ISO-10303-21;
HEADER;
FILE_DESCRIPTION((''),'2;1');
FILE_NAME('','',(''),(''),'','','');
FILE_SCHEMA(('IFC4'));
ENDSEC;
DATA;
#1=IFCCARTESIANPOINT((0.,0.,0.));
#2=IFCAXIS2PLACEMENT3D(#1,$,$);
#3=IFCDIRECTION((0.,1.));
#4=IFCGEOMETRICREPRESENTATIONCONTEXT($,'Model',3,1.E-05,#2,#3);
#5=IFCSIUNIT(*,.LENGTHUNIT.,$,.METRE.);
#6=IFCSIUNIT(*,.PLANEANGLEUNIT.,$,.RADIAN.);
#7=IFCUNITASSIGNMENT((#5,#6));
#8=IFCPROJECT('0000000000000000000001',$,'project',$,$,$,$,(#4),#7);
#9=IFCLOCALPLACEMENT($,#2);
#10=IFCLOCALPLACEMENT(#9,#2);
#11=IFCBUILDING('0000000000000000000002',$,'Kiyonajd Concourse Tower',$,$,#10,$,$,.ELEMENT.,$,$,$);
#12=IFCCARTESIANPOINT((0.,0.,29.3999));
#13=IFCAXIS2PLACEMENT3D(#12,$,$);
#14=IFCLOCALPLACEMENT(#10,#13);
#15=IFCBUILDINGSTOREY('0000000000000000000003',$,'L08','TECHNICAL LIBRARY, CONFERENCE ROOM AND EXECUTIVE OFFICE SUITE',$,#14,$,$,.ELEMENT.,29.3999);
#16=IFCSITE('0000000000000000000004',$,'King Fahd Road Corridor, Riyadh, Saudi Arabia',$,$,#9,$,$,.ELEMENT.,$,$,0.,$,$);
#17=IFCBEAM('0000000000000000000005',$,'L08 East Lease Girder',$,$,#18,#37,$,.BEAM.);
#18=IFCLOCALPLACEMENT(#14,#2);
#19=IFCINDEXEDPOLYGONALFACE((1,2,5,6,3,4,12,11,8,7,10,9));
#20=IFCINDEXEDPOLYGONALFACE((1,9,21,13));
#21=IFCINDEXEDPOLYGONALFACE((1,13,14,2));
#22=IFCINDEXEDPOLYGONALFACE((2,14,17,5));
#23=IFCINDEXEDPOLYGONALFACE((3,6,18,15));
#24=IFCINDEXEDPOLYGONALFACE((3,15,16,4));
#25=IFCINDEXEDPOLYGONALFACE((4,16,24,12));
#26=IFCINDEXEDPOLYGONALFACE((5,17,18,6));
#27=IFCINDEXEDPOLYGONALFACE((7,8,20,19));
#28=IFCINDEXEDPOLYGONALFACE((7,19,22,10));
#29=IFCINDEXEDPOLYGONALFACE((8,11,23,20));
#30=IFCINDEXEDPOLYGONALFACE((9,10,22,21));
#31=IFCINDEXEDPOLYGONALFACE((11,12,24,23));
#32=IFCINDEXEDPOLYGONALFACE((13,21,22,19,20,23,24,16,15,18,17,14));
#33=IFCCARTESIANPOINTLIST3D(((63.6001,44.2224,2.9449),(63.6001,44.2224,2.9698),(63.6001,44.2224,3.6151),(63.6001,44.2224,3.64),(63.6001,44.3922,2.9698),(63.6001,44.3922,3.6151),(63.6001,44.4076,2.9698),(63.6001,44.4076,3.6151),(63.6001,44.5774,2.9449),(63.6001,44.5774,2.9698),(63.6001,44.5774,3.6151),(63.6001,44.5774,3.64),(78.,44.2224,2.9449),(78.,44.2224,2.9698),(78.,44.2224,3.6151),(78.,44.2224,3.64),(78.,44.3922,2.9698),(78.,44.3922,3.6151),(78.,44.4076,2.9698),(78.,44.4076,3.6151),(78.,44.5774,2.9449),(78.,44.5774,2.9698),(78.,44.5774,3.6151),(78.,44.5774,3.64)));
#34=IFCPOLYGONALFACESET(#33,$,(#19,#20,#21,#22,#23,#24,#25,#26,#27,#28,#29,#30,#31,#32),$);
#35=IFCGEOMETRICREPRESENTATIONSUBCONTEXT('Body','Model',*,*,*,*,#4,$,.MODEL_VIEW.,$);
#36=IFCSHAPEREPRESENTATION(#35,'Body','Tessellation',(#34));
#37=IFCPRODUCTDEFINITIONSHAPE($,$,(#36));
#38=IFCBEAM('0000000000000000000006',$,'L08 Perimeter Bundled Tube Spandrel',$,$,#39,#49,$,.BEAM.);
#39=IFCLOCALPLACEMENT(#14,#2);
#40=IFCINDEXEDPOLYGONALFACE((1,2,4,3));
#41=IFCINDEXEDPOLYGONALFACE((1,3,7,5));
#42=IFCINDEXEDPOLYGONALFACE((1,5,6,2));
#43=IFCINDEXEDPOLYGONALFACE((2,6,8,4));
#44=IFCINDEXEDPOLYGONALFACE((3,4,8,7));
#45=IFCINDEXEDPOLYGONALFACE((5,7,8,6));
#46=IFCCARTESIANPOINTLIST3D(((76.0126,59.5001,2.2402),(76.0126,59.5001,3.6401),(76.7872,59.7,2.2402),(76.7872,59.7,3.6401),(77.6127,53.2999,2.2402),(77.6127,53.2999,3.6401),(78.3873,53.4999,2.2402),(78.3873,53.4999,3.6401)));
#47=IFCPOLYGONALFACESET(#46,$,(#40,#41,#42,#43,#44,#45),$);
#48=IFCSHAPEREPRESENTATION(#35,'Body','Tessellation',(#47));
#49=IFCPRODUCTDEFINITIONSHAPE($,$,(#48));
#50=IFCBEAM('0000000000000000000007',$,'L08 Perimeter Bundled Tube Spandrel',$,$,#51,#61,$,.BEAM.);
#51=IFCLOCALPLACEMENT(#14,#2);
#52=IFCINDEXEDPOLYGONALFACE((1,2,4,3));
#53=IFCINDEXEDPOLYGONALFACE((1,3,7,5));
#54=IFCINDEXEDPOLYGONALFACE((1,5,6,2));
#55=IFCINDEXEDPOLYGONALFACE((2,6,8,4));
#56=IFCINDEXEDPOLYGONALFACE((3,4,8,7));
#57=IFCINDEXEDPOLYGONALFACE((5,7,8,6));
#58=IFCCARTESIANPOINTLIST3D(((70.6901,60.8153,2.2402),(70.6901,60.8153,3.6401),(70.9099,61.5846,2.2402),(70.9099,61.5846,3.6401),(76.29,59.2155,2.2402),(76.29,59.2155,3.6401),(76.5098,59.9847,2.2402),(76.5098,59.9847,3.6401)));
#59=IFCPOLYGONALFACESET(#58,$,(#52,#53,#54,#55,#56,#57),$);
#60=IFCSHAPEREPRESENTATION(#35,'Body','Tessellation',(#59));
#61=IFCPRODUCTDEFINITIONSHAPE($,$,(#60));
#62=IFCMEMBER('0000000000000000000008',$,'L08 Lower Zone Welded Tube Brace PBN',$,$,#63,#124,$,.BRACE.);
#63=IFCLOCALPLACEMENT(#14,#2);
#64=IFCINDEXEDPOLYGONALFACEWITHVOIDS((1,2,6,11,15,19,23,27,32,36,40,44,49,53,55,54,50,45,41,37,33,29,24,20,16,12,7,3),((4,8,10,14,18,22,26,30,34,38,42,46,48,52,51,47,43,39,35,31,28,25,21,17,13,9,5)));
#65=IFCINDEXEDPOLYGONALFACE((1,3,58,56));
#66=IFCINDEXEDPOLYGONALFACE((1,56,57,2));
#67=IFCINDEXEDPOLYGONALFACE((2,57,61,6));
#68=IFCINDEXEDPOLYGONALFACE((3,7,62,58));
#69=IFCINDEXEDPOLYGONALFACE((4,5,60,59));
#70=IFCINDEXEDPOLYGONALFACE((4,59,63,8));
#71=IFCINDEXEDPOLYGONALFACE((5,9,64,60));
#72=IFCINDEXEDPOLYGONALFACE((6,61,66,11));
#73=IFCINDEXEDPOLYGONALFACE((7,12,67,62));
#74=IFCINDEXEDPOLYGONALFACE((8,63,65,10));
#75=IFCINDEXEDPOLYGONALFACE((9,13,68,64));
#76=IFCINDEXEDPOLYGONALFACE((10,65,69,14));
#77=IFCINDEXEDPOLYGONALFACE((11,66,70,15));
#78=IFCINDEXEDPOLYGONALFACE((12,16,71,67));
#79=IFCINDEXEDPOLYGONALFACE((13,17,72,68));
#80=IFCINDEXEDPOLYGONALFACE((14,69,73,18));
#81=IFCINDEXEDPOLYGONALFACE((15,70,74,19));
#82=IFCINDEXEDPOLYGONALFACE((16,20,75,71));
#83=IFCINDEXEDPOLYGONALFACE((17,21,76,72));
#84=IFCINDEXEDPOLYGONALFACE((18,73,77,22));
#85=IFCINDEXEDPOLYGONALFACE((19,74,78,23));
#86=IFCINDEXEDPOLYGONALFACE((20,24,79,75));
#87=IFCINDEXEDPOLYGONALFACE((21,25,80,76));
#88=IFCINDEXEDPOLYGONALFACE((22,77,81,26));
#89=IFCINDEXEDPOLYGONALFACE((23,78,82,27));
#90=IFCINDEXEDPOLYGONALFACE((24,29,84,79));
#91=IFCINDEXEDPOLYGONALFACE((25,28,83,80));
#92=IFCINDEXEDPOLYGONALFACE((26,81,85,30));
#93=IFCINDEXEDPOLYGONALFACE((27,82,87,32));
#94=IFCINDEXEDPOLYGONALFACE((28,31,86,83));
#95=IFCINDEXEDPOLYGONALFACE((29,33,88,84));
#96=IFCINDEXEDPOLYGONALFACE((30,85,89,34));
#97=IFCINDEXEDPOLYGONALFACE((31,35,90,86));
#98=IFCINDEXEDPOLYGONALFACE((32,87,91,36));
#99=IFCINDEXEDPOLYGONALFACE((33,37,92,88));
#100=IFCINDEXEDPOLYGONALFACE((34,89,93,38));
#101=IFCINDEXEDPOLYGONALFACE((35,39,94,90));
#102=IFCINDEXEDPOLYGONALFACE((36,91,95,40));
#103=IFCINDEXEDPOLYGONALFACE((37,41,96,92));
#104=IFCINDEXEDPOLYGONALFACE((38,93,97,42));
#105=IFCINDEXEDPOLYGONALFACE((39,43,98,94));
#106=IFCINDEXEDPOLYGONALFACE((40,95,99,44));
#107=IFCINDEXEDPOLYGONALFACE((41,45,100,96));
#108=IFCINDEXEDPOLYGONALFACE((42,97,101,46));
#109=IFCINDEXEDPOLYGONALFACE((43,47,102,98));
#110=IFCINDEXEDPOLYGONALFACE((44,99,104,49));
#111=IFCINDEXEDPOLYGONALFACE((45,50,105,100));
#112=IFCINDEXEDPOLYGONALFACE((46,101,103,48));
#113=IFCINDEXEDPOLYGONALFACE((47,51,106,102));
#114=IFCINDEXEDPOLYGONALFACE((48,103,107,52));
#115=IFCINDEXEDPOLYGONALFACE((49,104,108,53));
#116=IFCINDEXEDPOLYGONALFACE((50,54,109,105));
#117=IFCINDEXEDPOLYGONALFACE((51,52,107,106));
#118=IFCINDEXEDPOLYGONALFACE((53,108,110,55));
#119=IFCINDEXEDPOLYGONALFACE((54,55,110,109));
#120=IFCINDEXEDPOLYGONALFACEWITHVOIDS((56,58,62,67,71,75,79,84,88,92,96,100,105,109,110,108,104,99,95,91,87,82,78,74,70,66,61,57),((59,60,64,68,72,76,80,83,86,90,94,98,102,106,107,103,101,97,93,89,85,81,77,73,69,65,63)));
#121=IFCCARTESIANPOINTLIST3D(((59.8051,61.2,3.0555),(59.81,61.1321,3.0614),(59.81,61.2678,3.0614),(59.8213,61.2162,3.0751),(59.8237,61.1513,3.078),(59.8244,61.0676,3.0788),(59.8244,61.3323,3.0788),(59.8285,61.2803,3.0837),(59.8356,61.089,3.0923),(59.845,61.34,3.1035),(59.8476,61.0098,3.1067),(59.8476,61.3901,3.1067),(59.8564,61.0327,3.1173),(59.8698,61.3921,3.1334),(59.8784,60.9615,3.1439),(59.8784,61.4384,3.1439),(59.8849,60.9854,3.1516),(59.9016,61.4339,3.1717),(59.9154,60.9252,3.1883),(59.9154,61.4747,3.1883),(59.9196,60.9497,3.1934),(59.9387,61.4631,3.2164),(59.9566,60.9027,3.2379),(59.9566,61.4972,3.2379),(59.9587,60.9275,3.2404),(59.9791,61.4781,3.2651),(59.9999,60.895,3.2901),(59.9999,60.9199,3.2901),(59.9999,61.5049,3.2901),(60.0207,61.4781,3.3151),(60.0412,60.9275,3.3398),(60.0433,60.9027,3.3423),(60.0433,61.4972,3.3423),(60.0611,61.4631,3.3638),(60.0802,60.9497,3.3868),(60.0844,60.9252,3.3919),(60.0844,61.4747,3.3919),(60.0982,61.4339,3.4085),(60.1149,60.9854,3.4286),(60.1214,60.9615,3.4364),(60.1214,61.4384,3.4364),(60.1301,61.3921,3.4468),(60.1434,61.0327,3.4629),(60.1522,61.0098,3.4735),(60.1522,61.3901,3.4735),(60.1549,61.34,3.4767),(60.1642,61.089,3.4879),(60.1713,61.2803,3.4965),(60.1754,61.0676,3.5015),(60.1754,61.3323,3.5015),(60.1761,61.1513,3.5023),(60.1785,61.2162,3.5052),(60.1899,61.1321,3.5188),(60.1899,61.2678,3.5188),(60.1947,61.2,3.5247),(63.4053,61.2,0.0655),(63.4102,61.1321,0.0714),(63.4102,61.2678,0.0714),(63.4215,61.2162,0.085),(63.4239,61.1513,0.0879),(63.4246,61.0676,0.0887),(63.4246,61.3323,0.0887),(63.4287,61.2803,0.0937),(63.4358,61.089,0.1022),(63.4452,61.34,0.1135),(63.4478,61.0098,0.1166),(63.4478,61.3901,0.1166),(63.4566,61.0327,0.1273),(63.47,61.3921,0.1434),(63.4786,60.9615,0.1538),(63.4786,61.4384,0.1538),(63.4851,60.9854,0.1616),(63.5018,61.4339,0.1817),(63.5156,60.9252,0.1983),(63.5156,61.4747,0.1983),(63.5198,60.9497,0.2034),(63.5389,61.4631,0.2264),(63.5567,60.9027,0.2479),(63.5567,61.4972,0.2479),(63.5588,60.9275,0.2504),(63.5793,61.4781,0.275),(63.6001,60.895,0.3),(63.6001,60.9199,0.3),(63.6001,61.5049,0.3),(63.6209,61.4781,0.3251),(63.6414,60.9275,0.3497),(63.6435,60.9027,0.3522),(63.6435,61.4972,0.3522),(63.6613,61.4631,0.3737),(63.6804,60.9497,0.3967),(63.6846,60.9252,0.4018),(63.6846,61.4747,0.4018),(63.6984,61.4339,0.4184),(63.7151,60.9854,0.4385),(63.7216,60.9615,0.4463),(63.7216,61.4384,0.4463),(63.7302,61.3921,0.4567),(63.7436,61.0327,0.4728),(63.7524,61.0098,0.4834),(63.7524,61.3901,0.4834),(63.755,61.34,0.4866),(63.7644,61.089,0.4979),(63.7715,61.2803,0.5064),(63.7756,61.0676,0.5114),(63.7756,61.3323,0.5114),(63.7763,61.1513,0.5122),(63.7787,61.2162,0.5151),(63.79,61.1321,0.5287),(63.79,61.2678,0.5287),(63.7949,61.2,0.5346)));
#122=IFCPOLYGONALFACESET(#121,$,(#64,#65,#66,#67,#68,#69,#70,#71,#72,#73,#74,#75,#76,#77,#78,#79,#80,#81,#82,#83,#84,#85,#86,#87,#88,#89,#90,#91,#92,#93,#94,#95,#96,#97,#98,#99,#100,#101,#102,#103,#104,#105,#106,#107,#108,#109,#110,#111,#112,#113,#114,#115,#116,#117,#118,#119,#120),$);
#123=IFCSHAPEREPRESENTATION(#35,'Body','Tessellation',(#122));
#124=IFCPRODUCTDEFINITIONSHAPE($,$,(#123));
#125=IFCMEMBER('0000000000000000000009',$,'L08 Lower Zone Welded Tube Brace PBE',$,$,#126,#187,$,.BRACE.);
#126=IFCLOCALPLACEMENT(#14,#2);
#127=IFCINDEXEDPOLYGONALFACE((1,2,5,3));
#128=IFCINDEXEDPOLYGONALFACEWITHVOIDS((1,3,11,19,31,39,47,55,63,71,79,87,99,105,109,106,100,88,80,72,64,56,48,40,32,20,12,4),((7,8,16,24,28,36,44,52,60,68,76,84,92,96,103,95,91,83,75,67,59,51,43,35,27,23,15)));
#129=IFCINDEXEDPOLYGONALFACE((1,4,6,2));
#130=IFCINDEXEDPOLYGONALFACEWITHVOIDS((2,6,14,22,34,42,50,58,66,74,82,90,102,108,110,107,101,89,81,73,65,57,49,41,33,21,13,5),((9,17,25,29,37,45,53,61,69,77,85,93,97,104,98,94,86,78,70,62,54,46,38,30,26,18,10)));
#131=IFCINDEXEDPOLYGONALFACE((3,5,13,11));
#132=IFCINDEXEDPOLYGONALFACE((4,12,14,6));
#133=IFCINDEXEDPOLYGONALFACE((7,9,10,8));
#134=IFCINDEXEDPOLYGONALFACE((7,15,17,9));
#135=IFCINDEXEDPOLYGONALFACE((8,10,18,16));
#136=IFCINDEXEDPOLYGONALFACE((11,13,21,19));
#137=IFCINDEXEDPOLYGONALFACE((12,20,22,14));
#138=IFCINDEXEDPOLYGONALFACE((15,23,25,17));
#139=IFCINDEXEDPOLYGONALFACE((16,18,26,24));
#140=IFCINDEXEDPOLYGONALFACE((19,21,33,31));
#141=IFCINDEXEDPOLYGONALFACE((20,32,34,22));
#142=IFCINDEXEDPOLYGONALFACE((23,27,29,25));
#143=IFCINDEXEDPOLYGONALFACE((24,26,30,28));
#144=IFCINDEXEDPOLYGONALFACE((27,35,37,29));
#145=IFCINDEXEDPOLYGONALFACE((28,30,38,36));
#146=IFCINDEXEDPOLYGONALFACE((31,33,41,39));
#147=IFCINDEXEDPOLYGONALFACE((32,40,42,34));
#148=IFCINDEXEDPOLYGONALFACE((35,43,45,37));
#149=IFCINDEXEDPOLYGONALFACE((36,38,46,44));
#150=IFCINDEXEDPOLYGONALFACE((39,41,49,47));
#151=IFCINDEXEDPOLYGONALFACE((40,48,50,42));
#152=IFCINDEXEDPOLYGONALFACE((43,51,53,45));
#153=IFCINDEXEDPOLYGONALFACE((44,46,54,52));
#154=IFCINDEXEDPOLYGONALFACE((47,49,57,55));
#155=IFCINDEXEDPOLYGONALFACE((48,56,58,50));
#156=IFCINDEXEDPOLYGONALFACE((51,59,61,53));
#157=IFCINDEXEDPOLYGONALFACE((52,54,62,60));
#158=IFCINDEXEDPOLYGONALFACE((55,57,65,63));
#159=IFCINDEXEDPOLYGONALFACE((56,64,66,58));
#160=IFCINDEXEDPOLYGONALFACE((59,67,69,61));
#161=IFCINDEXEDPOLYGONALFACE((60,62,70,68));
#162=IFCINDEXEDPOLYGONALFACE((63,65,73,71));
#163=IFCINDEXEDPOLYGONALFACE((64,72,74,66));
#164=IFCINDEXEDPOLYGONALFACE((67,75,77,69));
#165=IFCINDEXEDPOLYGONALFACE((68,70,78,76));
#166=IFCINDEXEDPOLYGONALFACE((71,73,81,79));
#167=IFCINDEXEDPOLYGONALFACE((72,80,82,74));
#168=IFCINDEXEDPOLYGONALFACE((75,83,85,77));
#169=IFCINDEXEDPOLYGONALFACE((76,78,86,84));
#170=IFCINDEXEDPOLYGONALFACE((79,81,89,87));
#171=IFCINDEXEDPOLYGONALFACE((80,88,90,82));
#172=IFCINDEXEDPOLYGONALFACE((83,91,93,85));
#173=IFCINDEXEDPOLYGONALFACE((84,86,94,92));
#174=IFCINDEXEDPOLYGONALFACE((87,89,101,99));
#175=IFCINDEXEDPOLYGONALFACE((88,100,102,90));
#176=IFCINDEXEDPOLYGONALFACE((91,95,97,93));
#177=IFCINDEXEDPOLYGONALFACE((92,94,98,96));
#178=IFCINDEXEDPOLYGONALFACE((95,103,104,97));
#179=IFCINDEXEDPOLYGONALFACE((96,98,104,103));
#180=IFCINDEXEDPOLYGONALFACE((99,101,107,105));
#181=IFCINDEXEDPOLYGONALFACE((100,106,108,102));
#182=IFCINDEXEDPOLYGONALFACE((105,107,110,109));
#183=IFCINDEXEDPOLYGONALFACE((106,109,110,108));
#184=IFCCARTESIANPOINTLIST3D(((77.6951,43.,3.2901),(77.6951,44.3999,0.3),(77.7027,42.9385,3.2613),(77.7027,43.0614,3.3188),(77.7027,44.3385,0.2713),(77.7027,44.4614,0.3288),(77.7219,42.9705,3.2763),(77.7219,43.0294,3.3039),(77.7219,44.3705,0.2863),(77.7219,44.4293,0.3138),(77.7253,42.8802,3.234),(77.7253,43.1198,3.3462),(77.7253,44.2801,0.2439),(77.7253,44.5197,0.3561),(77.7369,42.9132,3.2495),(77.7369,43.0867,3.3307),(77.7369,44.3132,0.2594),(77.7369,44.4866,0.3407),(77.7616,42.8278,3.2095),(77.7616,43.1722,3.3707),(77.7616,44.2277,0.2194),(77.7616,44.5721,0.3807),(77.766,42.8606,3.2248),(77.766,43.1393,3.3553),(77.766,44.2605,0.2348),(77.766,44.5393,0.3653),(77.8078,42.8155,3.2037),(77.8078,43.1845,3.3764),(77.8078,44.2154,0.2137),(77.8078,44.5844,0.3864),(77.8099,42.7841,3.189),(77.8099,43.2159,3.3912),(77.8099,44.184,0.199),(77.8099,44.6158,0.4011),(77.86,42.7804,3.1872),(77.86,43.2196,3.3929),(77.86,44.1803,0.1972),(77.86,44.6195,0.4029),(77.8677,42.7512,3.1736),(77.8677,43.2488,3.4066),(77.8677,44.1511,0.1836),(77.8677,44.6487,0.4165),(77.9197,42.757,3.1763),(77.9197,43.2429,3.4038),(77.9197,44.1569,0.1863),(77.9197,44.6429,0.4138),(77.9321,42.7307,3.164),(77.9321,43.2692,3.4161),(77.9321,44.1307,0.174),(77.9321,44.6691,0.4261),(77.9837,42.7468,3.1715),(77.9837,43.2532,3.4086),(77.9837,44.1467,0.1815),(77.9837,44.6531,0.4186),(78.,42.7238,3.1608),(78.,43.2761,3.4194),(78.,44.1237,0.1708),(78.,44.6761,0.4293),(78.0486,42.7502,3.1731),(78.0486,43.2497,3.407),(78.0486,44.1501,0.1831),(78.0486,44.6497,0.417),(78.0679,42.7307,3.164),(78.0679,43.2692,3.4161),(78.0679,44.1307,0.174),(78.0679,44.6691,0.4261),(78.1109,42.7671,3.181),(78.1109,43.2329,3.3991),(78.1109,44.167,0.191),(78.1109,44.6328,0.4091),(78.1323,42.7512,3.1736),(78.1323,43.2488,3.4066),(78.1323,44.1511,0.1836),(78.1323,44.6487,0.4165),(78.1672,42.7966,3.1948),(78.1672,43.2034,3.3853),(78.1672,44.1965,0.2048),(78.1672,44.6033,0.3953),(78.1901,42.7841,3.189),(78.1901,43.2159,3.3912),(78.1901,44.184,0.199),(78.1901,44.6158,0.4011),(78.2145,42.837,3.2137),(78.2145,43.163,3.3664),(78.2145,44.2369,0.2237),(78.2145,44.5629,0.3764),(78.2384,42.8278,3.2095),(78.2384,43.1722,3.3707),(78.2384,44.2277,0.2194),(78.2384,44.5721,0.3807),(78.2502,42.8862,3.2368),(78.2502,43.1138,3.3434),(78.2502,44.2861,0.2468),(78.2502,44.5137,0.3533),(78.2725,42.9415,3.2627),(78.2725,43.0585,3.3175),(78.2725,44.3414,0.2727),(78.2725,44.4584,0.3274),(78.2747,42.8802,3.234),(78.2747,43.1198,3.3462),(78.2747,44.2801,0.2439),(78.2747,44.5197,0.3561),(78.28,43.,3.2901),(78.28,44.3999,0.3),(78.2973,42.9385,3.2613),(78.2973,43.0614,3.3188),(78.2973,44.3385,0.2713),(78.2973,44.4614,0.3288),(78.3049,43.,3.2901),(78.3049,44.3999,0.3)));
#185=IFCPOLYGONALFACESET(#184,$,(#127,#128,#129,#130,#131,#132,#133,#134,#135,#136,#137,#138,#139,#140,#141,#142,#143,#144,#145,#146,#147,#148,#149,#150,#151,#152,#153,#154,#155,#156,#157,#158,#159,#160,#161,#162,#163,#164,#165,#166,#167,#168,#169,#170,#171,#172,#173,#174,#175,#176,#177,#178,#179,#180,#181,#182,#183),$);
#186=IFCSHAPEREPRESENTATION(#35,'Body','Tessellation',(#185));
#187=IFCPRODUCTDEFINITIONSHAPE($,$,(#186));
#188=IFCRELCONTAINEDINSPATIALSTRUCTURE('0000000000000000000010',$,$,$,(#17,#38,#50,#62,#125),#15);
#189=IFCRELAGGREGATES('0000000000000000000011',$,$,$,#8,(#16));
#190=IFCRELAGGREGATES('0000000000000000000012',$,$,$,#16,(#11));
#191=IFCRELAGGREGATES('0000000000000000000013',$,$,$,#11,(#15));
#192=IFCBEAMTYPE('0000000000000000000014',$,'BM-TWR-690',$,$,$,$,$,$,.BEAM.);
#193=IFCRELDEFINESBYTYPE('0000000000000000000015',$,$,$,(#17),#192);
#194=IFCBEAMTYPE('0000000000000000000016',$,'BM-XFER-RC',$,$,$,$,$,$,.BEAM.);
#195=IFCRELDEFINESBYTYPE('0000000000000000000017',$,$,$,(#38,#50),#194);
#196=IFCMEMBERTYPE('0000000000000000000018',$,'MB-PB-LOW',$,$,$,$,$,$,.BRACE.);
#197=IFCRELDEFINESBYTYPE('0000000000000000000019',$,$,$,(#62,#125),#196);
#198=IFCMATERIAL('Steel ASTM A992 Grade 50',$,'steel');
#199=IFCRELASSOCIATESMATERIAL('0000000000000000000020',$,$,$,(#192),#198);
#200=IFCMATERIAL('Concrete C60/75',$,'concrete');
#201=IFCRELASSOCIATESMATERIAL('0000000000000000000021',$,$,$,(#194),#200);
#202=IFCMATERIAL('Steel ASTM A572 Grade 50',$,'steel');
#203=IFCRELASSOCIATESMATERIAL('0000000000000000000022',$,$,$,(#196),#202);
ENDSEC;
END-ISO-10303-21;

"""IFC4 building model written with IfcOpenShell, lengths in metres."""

from ifc_helpers import new_model, si_unit, direction, frame, origin, origin_2d, place, context, subcontext, project, spatial, rectangle, hollow_circle, i_section, extrude, material, material_profile, profile_set, type_object, element, save


model = new_model("IFC4")

# Units and contexts
model_context = context("Model", 3, precision=1e-05, world=origin(), true_north=direction((0.0, 1.0)))
body_context = subcontext(model_context, "Body", "Model", "MODEL_VIEW")
ifc_project = project(units=[si_unit("LENGTHUNIT", "METRE"), si_unit("PLANEANGLEUNIT", "RADIAN")], contexts=[model_context])

# Site, building, storey
site_placement = place(None, origin())
site = spatial("IfcSite", under=ifc_project, at=site_placement, Name="King Fahd Road Corridor, Riyadh, Saudi Arabia", CompositionType="ELEMENT", RefElevation=0.0)
building_placement = place(site_placement, origin())
building = spatial("IfcBuilding", under=site, at=building_placement, Name="Kiyonajd Concourse Tower", CompositionType="ELEMENT")
storey_placement = place(building_placement, frame((0.0, 0.0, 29.3999)))
storey = spatial("IfcBuildingStorey", under=building, at=storey_placement, Name="L08", Description="TECHNICAL LIBRARY, CONFERENCE ROOM AND EXECUTIVE OFFICE SUITE", CompositionType="ELEMENT", Elevation=29.3999)

# Beams
ifc_material_1 = material(Name="Steel ASTM A992 Grade 50", Category="steel")
ifc_material_profile_1 = material_profile(ifc_material_1, i_section(OverallWidth=0.355, OverallDepth=0.6951, WebThickness=0.0154, FlangeThickness=0.0249, at=origin_2d()), Name="W690X217")
ifc_profile_set_1 = profile_set([ifc_material_profile_1], Name="Steel ASTM A992 Grade 50")
beam_type_1 = type_object("IfcBeamType", Name="BM-TWR-690", PredefinedType="BEAM", material=ifc_profile_set_1)
beam_1_placement = place(storey_placement, frame((63.6001, 44.3999, 3.2925), z_axis=(1.0, 0.0, 0.0), x_axis=(0.0, 1.0, 0.0)))
element("IfcBeam", 1, at=beam_1_placement, inside=storey, type_object=beam_type_1, Name="L08 East Lease Girder", PredefinedType="BEAM", context=body_context, shape_type="SweptSolid", body=[
    extrude(i_section(OverallWidth=0.355, OverallDepth=0.6951, WebThickness=0.0154, FlangeThickness=0.0249, at=origin_2d()), origin(), (0.0, 0.0, 1.0), 14.3999),
])
ifc_material_2 = material(Name="Concrete C60/75", Category="concrete")
ifc_material_profile_2 = material_profile(ifc_material_2, rectangle(XDim=0.8, YDim=1.3999, at=origin_2d()), Name="RCBM-800x1400")
ifc_profile_set_2 = profile_set([ifc_material_profile_2], Name="Concrete C60/75")
beam_type_2 = type_object("IfcBeamType", Name="BM-XFER-RC", PredefinedType="BEAM", material=ifc_profile_set_2)
beam_2_placement = place(storey_placement, frame((78.0, 53.3999, 2.9402), z_axis=(-0.249885, 0.968276, 0.0), x_axis=(-0.968276, -0.249885, 0.0)))
element("IfcBeam", 2, at=beam_2_placement, inside=storey, type_object=beam_type_2, Name="L08 Perimeter Bundled Tube Spandrel", PredefinedType="BEAM", context=body_context, shape_type="SweptSolid", body=[
    extrude(rectangle(XDim=0.8, YDim=1.3999, at=origin_2d()), origin(), (0.0, 0.0, 1.0), 6.4033),
])
beam_3_placement = place(storey_placement, frame((76.3999, 59.6001, 2.9402), z_axis=(-0.961529, 0.274705, 0.0), x_axis=(-0.274705, -0.961529, 0.0)))
element("IfcBeam", 3, at=beam_3_placement, inside=storey, type_object=beam_type_2, Name="L08 Perimeter Bundled Tube Spandrel", PredefinedType="BEAM", context=body_context, shape_type="SweptSolid", body=[
    extrude(rectangle(XDim=0.8, YDim=1.3999, at=origin_2d()), origin(), (0.0, 0.0, 1.0), 5.824),
])

# Members
ifc_material_3 = material(Name="Steel ASTM A572 Grade 50", Category="steel")
ifc_material_profile_3 = material_profile(ifc_material_3, hollow_circle(Radius=0.3049, WallThickness=0.0249, at=origin_2d()), Name="CHS-610x25")
ifc_profile_set_3 = profile_set([ifc_material_profile_3], Name="Steel ASTM A572 Grade 50")
member_type = type_object("IfcMemberType", Name="MB-PB-LOW", PredefinedType="BRACE", material=ifc_profile_set_3)
member_1_placement = place(storey_placement, frame((63.6001, 61.2, 0.3), z_axis=(-0.769281, 0.0, 0.638911), x_axis=(0.0, -1.0, 0.0)))
element("IfcMember", 4, at=member_1_placement, inside=storey, type_object=member_type, Name="L08 Lower Zone Welded Tube Brace PBN", PredefinedType="BRACE", context=body_context, shape_type="SweptSolid", body=[
    extrude(hollow_circle(Radius=0.3049, WallThickness=0.0249, at=origin_2d()), origin(), (0.0, 0.0, 1.0), 4.6799),
])
member_2_placement = place(storey_placement, frame((78.0, 44.3999, 0.3), z_axis=(0.0, -0.424023, 0.905652), x_axis=(1.0, 0.0, 0.0)))
element("IfcMember", 5, at=member_2_placement, inside=storey, type_object=member_type, Name="L08 Lower Zone Welded Tube Brace PBE", PredefinedType="BRACE", context=body_context, shape_type="SweptSolid", body=[
    extrude(hollow_circle(Radius=0.3049, WallThickness=0.0249, at=origin_2d()), origin(), (0.0, 0.0, 1.0), 3.3015),
])

save(model, "model.ifc")
